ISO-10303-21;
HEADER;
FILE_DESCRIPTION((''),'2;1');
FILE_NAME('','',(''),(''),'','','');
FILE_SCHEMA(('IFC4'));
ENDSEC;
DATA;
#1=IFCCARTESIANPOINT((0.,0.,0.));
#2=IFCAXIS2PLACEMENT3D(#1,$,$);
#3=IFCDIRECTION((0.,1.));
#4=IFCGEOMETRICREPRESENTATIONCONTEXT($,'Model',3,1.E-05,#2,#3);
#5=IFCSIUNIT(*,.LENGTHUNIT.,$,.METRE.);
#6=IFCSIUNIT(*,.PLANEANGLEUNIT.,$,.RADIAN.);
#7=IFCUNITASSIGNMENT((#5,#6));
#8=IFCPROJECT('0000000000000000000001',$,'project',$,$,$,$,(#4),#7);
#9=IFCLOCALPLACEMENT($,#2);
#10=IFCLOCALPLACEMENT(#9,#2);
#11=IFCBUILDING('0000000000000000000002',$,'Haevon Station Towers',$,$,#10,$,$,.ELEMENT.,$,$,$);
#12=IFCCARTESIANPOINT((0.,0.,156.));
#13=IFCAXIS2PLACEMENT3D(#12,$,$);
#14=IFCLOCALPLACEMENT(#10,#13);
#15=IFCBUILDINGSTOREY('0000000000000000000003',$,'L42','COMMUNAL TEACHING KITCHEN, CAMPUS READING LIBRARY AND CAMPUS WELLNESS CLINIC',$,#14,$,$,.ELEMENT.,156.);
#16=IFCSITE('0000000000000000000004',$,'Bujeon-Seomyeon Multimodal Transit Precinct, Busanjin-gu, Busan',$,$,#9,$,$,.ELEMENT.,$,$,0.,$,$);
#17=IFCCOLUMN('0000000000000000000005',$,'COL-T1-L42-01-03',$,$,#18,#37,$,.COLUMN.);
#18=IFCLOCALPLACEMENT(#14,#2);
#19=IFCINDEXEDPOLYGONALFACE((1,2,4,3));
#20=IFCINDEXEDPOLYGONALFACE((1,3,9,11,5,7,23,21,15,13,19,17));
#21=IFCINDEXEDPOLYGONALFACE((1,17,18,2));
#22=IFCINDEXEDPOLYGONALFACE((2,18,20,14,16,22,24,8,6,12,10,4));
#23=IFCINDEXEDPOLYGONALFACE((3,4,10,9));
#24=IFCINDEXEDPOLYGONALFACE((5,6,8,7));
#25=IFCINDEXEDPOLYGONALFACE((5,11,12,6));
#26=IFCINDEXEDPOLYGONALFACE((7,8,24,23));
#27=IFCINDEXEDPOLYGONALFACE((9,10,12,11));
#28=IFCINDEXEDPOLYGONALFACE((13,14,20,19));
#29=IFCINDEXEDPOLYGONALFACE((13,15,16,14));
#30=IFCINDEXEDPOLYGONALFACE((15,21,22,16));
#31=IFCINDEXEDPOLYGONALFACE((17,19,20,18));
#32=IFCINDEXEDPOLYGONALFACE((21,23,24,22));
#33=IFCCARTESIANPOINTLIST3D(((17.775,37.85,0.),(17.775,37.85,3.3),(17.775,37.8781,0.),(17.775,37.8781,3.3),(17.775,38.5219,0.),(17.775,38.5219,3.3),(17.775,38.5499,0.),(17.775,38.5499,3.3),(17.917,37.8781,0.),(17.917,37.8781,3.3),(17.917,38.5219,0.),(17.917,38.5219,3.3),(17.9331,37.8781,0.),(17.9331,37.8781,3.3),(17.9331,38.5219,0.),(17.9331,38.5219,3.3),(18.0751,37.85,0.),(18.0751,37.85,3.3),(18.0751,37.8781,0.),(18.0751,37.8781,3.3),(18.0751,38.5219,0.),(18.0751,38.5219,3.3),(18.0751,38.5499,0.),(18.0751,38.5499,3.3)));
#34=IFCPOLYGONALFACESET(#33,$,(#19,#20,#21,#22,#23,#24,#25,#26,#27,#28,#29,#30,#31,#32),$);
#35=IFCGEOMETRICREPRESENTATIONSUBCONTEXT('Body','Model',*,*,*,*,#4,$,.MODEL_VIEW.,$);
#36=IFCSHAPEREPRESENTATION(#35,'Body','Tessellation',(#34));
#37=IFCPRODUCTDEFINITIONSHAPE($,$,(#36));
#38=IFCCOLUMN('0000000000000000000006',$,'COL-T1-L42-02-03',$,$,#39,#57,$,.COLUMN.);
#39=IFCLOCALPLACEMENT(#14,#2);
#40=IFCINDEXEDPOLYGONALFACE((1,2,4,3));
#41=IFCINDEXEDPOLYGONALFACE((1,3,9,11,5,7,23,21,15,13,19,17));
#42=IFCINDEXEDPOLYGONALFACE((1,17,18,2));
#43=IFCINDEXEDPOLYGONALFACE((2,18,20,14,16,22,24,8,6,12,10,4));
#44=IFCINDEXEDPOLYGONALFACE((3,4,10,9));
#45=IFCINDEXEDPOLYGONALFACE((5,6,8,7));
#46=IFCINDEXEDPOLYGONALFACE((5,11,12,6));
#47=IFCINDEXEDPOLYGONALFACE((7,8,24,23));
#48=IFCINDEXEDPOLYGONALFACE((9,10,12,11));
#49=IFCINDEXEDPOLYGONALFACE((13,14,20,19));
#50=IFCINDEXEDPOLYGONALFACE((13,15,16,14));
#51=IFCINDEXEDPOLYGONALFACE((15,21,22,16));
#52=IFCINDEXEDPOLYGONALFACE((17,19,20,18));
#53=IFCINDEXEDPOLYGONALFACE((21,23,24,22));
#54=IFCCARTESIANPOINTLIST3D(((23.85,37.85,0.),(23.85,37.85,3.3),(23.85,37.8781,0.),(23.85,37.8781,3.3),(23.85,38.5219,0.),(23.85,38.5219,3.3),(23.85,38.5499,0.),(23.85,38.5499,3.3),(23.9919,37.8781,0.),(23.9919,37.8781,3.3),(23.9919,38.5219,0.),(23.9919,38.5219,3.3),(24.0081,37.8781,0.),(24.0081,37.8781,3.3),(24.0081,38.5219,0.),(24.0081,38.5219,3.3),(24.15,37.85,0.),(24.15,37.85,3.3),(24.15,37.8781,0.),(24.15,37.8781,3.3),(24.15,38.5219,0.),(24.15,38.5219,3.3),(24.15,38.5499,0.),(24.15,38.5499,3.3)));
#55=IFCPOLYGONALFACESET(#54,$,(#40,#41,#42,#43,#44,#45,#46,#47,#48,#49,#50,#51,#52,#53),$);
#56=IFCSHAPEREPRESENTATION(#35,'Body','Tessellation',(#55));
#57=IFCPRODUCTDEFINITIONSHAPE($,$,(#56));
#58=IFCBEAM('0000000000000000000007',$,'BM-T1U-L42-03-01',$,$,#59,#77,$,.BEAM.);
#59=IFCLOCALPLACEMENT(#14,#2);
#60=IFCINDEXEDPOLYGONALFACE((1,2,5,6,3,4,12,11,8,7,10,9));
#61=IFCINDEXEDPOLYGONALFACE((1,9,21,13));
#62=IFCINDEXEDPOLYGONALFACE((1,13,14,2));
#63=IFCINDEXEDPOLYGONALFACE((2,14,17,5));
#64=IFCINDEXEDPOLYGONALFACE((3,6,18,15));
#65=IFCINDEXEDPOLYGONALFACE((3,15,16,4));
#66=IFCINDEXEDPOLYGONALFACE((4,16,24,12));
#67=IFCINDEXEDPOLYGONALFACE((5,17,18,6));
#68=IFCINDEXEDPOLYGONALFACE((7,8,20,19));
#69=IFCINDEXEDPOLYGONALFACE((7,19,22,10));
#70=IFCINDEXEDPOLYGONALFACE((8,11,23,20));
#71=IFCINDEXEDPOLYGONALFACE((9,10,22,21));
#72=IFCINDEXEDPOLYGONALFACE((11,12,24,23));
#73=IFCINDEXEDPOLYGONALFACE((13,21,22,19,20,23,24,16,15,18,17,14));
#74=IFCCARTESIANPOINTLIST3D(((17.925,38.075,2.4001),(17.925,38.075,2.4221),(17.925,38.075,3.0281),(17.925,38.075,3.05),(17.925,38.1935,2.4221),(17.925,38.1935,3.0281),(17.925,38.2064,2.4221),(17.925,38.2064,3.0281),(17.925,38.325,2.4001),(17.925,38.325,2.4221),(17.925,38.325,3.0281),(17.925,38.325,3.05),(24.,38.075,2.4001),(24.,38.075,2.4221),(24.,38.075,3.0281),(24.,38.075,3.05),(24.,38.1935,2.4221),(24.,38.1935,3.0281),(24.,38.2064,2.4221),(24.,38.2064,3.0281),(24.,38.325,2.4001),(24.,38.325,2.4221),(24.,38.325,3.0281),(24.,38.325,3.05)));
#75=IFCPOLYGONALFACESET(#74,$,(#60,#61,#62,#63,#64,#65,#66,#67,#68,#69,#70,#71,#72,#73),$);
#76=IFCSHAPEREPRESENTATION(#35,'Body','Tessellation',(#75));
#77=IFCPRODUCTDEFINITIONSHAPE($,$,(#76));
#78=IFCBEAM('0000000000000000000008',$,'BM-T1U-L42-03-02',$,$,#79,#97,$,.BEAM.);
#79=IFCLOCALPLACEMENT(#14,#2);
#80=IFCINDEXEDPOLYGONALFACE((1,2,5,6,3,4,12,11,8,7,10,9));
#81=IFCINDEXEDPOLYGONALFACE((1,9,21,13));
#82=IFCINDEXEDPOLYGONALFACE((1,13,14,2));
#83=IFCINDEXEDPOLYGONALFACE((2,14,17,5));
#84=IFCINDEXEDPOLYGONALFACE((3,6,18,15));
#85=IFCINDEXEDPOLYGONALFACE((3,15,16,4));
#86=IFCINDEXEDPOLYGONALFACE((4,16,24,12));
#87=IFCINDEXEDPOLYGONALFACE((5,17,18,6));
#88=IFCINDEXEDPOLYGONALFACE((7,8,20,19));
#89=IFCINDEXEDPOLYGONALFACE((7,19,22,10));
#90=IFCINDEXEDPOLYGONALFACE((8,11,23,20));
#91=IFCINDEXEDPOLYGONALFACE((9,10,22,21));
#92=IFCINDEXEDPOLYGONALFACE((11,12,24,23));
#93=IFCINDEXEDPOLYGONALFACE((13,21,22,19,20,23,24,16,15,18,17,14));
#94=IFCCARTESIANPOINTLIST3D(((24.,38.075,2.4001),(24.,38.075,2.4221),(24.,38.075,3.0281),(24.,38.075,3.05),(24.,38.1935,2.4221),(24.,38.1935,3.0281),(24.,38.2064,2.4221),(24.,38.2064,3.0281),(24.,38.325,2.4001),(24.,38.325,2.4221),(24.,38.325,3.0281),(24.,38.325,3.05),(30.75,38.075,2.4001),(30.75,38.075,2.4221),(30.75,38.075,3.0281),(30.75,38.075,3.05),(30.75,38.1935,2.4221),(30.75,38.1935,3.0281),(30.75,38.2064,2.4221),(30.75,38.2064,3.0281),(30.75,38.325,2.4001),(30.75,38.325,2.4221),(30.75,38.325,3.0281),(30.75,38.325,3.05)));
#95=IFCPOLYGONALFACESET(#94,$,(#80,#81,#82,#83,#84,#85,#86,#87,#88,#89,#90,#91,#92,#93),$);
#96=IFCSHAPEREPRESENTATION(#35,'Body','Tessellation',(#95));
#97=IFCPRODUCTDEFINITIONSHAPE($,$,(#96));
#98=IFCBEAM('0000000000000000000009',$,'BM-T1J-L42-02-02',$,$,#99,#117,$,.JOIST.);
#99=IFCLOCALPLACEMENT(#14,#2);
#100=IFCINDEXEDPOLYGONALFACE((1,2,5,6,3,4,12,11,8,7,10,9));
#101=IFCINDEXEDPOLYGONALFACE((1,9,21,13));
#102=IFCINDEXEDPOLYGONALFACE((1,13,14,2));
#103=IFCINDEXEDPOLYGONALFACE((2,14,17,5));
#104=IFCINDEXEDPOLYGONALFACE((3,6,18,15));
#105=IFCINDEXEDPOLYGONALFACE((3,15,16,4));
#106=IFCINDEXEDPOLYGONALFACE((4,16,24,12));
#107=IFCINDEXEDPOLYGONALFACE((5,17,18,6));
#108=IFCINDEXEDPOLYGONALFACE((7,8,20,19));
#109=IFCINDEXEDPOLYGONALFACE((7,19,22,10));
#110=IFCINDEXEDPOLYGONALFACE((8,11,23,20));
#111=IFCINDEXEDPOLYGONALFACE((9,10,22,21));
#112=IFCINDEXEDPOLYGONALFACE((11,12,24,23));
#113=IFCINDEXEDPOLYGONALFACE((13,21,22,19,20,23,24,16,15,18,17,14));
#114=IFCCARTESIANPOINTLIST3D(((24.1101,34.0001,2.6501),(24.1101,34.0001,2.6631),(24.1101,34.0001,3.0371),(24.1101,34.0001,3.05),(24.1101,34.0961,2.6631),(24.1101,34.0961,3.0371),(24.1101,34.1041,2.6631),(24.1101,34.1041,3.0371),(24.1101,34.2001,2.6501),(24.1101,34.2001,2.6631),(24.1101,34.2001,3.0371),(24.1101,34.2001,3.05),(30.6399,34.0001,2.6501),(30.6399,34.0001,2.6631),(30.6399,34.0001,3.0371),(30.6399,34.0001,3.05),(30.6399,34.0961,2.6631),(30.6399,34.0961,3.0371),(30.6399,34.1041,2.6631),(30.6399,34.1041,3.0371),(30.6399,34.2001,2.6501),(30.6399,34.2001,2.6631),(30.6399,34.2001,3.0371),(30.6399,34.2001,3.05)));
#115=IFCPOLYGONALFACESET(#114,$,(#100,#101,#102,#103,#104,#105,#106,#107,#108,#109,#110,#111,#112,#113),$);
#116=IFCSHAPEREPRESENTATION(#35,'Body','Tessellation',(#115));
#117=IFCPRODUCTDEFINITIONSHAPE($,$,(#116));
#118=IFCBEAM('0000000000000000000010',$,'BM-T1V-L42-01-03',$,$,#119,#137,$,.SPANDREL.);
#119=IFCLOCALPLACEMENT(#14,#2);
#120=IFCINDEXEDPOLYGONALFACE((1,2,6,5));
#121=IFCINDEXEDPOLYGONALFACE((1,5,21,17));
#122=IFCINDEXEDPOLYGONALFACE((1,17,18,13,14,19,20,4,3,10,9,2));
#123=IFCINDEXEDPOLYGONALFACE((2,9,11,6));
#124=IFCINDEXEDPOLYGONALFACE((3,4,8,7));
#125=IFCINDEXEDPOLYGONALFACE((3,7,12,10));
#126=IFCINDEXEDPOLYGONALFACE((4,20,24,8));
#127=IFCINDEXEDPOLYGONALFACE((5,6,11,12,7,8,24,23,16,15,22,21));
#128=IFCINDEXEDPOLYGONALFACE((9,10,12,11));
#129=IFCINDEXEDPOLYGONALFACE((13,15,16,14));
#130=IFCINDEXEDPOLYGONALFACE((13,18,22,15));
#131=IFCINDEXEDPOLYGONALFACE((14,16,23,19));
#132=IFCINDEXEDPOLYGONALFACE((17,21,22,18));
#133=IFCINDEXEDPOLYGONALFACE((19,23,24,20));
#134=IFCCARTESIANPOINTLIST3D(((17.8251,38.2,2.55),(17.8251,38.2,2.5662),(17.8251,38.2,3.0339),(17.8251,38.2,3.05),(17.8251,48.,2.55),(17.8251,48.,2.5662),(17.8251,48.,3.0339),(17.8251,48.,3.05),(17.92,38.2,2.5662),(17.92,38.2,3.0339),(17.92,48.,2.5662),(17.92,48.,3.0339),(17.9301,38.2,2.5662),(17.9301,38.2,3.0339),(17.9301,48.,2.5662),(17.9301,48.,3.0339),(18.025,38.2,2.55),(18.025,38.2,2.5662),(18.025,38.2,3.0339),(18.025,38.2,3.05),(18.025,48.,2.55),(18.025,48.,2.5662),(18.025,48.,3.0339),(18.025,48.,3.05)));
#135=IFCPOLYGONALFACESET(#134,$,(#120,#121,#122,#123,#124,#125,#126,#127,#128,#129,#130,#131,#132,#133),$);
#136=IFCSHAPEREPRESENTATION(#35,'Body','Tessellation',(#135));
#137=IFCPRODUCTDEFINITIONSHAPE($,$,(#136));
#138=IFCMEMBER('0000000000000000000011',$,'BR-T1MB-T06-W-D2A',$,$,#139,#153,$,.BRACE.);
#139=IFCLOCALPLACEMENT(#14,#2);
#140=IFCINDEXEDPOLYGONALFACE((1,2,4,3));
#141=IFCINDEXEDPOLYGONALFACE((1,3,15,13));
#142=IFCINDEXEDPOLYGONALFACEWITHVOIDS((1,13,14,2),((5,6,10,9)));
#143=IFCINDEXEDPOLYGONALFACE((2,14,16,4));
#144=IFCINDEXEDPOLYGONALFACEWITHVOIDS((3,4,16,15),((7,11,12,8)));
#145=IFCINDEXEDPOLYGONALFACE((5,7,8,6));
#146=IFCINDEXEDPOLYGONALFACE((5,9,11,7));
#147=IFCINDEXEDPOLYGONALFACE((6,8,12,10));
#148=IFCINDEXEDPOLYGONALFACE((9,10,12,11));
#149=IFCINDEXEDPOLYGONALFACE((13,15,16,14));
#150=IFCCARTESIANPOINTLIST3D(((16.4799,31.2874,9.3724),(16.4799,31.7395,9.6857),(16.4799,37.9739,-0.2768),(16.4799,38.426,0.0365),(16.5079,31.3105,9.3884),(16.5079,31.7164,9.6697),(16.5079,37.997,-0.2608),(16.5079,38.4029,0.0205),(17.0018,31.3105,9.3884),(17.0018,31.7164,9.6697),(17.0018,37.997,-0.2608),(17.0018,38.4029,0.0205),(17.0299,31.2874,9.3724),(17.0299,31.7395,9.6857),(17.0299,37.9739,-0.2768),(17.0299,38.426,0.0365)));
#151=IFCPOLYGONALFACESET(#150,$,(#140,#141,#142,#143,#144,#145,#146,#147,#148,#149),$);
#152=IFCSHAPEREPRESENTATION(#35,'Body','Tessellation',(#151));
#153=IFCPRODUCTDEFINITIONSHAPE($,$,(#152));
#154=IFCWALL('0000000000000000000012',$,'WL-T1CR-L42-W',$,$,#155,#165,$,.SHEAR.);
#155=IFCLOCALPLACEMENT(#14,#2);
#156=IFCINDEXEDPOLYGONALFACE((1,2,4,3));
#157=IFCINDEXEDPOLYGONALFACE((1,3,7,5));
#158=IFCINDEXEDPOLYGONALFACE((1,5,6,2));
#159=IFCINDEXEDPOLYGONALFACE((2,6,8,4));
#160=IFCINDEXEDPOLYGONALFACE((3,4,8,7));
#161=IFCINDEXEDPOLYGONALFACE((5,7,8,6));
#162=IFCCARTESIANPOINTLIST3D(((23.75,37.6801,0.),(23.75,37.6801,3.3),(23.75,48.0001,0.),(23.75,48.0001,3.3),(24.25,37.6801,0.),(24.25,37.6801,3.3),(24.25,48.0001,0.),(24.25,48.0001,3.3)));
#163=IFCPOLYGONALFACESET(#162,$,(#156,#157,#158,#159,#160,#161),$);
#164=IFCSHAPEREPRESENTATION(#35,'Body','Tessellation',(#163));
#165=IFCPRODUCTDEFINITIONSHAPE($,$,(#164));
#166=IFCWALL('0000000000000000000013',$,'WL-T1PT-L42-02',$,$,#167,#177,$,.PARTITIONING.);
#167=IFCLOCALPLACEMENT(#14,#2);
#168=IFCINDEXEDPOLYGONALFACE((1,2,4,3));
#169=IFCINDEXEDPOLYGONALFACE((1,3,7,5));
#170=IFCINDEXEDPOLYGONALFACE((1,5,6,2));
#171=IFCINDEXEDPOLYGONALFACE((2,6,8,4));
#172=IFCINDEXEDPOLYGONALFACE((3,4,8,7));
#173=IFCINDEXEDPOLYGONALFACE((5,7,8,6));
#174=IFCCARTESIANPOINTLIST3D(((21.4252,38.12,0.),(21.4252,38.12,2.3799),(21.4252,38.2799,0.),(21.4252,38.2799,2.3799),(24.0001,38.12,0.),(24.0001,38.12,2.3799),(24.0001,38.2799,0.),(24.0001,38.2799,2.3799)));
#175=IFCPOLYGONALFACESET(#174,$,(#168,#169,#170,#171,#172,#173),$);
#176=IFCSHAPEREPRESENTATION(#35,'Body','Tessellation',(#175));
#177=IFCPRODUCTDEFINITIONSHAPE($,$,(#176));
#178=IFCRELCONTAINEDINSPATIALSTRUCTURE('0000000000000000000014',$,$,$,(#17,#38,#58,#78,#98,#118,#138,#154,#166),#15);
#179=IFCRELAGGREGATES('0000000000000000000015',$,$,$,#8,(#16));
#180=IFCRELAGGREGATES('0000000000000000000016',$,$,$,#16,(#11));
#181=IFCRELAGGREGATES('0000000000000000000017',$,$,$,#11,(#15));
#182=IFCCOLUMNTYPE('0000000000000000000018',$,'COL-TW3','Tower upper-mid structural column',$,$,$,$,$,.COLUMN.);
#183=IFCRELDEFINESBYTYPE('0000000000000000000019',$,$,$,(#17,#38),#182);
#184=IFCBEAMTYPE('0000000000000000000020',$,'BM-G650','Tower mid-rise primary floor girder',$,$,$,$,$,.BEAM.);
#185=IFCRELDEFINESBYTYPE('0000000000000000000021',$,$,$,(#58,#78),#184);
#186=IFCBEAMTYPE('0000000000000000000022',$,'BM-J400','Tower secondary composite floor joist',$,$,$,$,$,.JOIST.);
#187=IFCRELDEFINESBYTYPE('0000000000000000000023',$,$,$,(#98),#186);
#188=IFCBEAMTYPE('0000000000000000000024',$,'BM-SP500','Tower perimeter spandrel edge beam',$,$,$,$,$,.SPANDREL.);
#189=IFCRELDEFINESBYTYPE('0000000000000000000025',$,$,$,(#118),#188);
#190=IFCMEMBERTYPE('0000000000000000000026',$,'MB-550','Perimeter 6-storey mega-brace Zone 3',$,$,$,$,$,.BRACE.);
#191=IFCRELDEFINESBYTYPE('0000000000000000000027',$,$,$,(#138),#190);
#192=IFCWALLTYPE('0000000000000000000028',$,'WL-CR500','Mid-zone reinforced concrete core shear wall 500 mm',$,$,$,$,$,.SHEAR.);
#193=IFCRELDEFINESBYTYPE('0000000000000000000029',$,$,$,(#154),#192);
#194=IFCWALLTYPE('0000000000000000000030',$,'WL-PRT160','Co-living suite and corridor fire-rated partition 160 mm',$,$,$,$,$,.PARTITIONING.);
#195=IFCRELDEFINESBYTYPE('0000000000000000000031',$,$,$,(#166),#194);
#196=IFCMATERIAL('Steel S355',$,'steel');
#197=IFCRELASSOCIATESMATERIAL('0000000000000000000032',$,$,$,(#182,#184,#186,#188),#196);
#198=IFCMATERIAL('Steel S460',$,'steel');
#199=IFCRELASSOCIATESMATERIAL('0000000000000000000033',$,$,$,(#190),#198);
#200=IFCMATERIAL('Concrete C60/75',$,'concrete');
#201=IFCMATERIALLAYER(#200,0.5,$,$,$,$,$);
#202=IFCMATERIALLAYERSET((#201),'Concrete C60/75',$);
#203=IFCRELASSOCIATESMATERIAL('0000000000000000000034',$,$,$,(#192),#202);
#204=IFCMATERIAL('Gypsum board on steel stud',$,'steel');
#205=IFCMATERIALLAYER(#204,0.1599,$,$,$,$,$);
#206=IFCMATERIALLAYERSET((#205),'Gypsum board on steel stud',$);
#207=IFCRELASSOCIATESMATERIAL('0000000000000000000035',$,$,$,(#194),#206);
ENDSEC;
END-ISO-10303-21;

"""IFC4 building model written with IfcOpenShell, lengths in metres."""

from ifc_helpers import new_model, si_unit, direction, frame, frame_2d, origin, origin_2d, place, context, subcontext, project, spatial, rectangle, hollow_rectangle, i_section, extrude, material, layer, layer_set, material_profile, profile_set, type_object, element, save


model = new_model("IFC4")

# Units and contexts
model_context = context("Model", 3, precision=1e-05, world=origin(), true_north=direction((0.0, 1.0)))
body_context = subcontext(model_context, "Body", "Model", "MODEL_VIEW")
ifc_project = project(units=[si_unit("LENGTHUNIT", "METRE"), si_unit("PLANEANGLEUNIT", "RADIAN")], contexts=[model_context])

# Site, building, storey
site_placement = place(None, origin())
site = spatial("IfcSite", under=ifc_project, at=site_placement, Name="Bujeon-Seomyeon Multimodal Transit Precinct, Busanjin-gu, Busan", CompositionType="ELEMENT", RefElevation=0.0)
building_placement = place(site_placement, origin())
building = spatial("IfcBuilding", under=site, at=building_placement, Name="Haevon Station Towers", CompositionType="ELEMENT")
storey_placement = place(building_placement, frame((0.0, 0.0, 156.0)))
storey = spatial("IfcBuildingStorey", under=building, at=storey_placement, Name="L42", Description="COMMUNAL TEACHING KITCHEN, CAMPUS READING LIBRARY AND CAMPUS WELLNESS CLINIC", CompositionType="ELEMENT", Elevation=156.0)

# Columns
ifc_material_1 = material(Name="Steel S355", Category="steel")
ifc_material_profile_1 = material_profile(ifc_material_1, i_section(OverallWidth=0.3, OverallDepth=0.7, WebThickness=0.0161, FlangeThickness=0.0281, at=origin_2d()), Name="H-700x300x16x28")
ifc_profile_set_1 = profile_set([ifc_material_profile_1], Name="Steel S355")
column_type = type_object("IfcColumnType", Name="COL-TW3", Description="Tower upper-mid structural column", PredefinedType="COLUMN", material=ifc_profile_set_1)
for number, where, z_axis, x_axis, name in (
    (1, (17.925, 38.2, 0.0), (0.0, 0.0, 1.0), (1.0, 0.0, 0.0), "COL-T1-L42-01-03"),
    (2, (24.0, 38.2, 0.0), (0.0, 0.0, 1.0), (1.0, 0.0, 0.0), "COL-T1-L42-02-03"),
):
    element("IfcColumn", number, at=place(storey_placement, frame(where, z_axis=z_axis, x_axis=x_axis)), inside=storey, type_object=column_type, Name=name, PredefinedType="COLUMN", context=body_context, shape_type="SweptSolid", body=[
        extrude(i_section(OverallWidth=0.3, OverallDepth=0.7, WebThickness=0.0161, FlangeThickness=0.0281, at=origin_2d()), origin(), (0.0, 0.0, 1.0), 3.3),
    ])

# Beams
ifc_material_profile_2 = material_profile(ifc_material_1, i_section(OverallWidth=0.25, OverallDepth=0.6499, WebThickness=0.0129, FlangeThickness=0.022, at=origin_2d()), Name="H-650x250x13x22")
ifc_profile_set_2 = profile_set([ifc_material_profile_2], Name="Steel S355")
beam_type_1 = type_object("IfcBeamType", Name="BM-G650", Description="Tower mid-rise primary floor girder", PredefinedType="BEAM", material=ifc_profile_set_2)
beam_1_placement = place(storey_placement, frame((17.925, 38.2, 2.7251), z_axis=(1.0, 0.0, 0.0), x_axis=(0.0, 1.0, 0.0)))
element("IfcBeam", 3, at=beam_1_placement, inside=storey, type_object=beam_type_1, Name="BM-T1U-L42-03-01", PredefinedType="BEAM", context=body_context, shape_type="SweptSolid", body=[
    extrude(i_section(OverallWidth=0.25, OverallDepth=0.6499, WebThickness=0.0129, FlangeThickness=0.022, at=origin_2d()), origin(), (0.0, 0.0, 1.0), 6.075),
])
beam_2_placement = place(storey_placement, frame((24.0, 38.2, 2.7251), z_axis=(1.0, 0.0, 0.0), x_axis=(0.0, 1.0, 0.0)))
element("IfcBeam", 4, at=beam_2_placement, inside=storey, type_object=beam_type_1, Name="BM-T1U-L42-03-02", PredefinedType="BEAM", context=body_context, shape_type="SweptSolid", body=[
    extrude(i_section(OverallWidth=0.25, OverallDepth=0.6499, WebThickness=0.0129, FlangeThickness=0.022, at=origin_2d()), origin(), (0.0, 0.0, 1.0), 6.75),
])
ifc_material_profile_3 = material_profile(ifc_material_1, i_section(OverallWidth=0.2, OverallDepth=0.3999, WebThickness=0.0081, FlangeThickness=0.0129, at=origin_2d()), Name="H-400x200x8x13")
ifc_profile_set_3 = profile_set([ifc_material_profile_3], Name="Steel S355")
beam_type_2 = type_object("IfcBeamType", Name="BM-J400", Description="Tower secondary composite floor joist", PredefinedType="JOIST", material=ifc_profile_set_3)
beam_3_placement = place(storey_placement, frame((24.1101, 34.1001, 2.8501), z_axis=(1.0, 0.0, 0.0), x_axis=(0.0, 1.0, 0.0)))
element("IfcBeam", 5, at=beam_3_placement, inside=storey, type_object=beam_type_2, Name="BM-T1J-L42-02-02", PredefinedType="JOIST", context=body_context, shape_type="SweptSolid", body=[
    extrude(i_section(OverallWidth=0.2, OverallDepth=0.3999, WebThickness=0.0081, FlangeThickness=0.0129, at=origin_2d()), origin(), (0.0, 0.0, 1.0), 6.5298),
])
ifc_material_profile_4 = material_profile(ifc_material_1, i_section(OverallWidth=0.2, OverallDepth=0.5, WebThickness=0.01, FlangeThickness=0.0161, at=origin_2d()), Name="H-500x200x10x16")
ifc_profile_set_4 = profile_set([ifc_material_profile_4], Name="Steel S355")
beam_type_3 = type_object("IfcBeamType", Name="BM-SP500", Description="Tower perimeter spandrel edge beam", PredefinedType="SPANDREL", material=ifc_profile_set_4)
beam_4_placement = place(storey_placement, frame((17.925, 38.2, 2.8), z_axis=(0.0, 1.0, 0.0), x_axis=(-1.0, 0.0, 0.0)))
element("IfcBeam", 6, at=beam_4_placement, inside=storey, type_object=beam_type_3, Name="BM-T1V-L42-01-03", PredefinedType="SPANDREL", context=body_context, shape_type="SweptSolid", body=[
    extrude(i_section(OverallWidth=0.2, OverallDepth=0.5, WebThickness=0.01, FlangeThickness=0.0161, at=origin_2d()), origin(), (0.0, 0.0, 1.0), 9.8),
])

# Member
ifc_material_2 = material(Name="Steel S460", Category="steel")
ifc_material_profile_5 = material_profile(ifc_material_2, hollow_rectangle(XDim=0.55, YDim=0.55, WallThickness=0.0281, at=origin_2d()), Name="RHS-550x550x28")
ifc_profile_set_5 = profile_set([ifc_material_profile_5], Name="Steel S460")
member_type = type_object("IfcMemberType", Name="MB-550", Description="Perimeter 6-storey mega-brace Zone 3", PredefinedType="BRACE", material=ifc_profile_set_5)
member_placement = place(storey_placement, frame((16.7549, 38.2, -0.1201), z_axis=(0.0, -0.569574, 0.82194), x_axis=(1.0, 0.0, 0.0)))
element("IfcMember", 7, at=member_placement, inside=storey, type_object=member_type, Name="BR-T1MB-T06-W-D2A", PredefinedType="BRACE", context=body_context, shape_type="SweptSolid", body=[
    extrude(hollow_rectangle(XDim=0.55, YDim=0.55, WallThickness=0.0281, at=origin_2d()), origin(), (0.0, 0.0, 1.0), 11.7395),
])

# Walls
ifc_material_3 = material(Name="Concrete C60/75", Category="concrete")
ifc_layer_1 = layer(ifc_material_3, 0.5)
ifc_layer_set_1 = layer_set([ifc_layer_1], Name="Concrete C60/75")
wall_type_1 = type_object("IfcWallType", Name="WL-CR500", Description="Mid-zone reinforced concrete core shear wall 500 mm", PredefinedType="SHEAR", material=ifc_layer_set_1)
wall_1_placement = place(storey_placement, frame((24.0, 37.6799, 0.0), z_axis=(0.0, 0.0, 1.0), x_axis=(0.0, 1.0, 0.0)))
element("IfcWall", 8, at=wall_1_placement, inside=storey, type_object=wall_type_1, Name="WL-T1CR-L42-W", PredefinedType="SHEAR", context=body_context, shape_type="SweptSolid", body=[
    extrude(rectangle(XDim=10.3201, YDim=0.5, at=frame_2d((5.1602, 0.0))), origin(), (0.0, 0.0, 1.0), 3.3),
])
ifc_material_4 = material(Name="Gypsum board on steel stud", Category="steel")
ifc_layer_2 = layer(ifc_material_4, 0.1599)
ifc_layer_set_2 = layer_set([ifc_layer_2], Name="Gypsum board on steel stud")
wall_type_2 = type_object("IfcWallType", Name="WL-PRT160", Description="Co-living suite and corridor fire-rated partition 160 mm", PredefinedType="PARTITIONING", material=ifc_layer_set_2)
wall_2_placement = place(storey_placement, frame((21.425, 38.2, 0.0), z_axis=(0.0, 0.0, 1.0), x_axis=(1.0, 0.0, 0.0)))
element("IfcWall", 9, at=wall_2_placement, inside=storey, type_object=wall_type_2, Name="WL-T1PT-L42-02", PredefinedType="PARTITIONING", context=body_context, shape_type="SweptSolid", body=[
    extrude(rectangle(XDim=2.575, YDim=0.1599, at=frame_2d((1.2876, 0.0))), origin(), (0.0, 0.0, 1.0), 2.3799),
])

save(model, "model.ifc")
